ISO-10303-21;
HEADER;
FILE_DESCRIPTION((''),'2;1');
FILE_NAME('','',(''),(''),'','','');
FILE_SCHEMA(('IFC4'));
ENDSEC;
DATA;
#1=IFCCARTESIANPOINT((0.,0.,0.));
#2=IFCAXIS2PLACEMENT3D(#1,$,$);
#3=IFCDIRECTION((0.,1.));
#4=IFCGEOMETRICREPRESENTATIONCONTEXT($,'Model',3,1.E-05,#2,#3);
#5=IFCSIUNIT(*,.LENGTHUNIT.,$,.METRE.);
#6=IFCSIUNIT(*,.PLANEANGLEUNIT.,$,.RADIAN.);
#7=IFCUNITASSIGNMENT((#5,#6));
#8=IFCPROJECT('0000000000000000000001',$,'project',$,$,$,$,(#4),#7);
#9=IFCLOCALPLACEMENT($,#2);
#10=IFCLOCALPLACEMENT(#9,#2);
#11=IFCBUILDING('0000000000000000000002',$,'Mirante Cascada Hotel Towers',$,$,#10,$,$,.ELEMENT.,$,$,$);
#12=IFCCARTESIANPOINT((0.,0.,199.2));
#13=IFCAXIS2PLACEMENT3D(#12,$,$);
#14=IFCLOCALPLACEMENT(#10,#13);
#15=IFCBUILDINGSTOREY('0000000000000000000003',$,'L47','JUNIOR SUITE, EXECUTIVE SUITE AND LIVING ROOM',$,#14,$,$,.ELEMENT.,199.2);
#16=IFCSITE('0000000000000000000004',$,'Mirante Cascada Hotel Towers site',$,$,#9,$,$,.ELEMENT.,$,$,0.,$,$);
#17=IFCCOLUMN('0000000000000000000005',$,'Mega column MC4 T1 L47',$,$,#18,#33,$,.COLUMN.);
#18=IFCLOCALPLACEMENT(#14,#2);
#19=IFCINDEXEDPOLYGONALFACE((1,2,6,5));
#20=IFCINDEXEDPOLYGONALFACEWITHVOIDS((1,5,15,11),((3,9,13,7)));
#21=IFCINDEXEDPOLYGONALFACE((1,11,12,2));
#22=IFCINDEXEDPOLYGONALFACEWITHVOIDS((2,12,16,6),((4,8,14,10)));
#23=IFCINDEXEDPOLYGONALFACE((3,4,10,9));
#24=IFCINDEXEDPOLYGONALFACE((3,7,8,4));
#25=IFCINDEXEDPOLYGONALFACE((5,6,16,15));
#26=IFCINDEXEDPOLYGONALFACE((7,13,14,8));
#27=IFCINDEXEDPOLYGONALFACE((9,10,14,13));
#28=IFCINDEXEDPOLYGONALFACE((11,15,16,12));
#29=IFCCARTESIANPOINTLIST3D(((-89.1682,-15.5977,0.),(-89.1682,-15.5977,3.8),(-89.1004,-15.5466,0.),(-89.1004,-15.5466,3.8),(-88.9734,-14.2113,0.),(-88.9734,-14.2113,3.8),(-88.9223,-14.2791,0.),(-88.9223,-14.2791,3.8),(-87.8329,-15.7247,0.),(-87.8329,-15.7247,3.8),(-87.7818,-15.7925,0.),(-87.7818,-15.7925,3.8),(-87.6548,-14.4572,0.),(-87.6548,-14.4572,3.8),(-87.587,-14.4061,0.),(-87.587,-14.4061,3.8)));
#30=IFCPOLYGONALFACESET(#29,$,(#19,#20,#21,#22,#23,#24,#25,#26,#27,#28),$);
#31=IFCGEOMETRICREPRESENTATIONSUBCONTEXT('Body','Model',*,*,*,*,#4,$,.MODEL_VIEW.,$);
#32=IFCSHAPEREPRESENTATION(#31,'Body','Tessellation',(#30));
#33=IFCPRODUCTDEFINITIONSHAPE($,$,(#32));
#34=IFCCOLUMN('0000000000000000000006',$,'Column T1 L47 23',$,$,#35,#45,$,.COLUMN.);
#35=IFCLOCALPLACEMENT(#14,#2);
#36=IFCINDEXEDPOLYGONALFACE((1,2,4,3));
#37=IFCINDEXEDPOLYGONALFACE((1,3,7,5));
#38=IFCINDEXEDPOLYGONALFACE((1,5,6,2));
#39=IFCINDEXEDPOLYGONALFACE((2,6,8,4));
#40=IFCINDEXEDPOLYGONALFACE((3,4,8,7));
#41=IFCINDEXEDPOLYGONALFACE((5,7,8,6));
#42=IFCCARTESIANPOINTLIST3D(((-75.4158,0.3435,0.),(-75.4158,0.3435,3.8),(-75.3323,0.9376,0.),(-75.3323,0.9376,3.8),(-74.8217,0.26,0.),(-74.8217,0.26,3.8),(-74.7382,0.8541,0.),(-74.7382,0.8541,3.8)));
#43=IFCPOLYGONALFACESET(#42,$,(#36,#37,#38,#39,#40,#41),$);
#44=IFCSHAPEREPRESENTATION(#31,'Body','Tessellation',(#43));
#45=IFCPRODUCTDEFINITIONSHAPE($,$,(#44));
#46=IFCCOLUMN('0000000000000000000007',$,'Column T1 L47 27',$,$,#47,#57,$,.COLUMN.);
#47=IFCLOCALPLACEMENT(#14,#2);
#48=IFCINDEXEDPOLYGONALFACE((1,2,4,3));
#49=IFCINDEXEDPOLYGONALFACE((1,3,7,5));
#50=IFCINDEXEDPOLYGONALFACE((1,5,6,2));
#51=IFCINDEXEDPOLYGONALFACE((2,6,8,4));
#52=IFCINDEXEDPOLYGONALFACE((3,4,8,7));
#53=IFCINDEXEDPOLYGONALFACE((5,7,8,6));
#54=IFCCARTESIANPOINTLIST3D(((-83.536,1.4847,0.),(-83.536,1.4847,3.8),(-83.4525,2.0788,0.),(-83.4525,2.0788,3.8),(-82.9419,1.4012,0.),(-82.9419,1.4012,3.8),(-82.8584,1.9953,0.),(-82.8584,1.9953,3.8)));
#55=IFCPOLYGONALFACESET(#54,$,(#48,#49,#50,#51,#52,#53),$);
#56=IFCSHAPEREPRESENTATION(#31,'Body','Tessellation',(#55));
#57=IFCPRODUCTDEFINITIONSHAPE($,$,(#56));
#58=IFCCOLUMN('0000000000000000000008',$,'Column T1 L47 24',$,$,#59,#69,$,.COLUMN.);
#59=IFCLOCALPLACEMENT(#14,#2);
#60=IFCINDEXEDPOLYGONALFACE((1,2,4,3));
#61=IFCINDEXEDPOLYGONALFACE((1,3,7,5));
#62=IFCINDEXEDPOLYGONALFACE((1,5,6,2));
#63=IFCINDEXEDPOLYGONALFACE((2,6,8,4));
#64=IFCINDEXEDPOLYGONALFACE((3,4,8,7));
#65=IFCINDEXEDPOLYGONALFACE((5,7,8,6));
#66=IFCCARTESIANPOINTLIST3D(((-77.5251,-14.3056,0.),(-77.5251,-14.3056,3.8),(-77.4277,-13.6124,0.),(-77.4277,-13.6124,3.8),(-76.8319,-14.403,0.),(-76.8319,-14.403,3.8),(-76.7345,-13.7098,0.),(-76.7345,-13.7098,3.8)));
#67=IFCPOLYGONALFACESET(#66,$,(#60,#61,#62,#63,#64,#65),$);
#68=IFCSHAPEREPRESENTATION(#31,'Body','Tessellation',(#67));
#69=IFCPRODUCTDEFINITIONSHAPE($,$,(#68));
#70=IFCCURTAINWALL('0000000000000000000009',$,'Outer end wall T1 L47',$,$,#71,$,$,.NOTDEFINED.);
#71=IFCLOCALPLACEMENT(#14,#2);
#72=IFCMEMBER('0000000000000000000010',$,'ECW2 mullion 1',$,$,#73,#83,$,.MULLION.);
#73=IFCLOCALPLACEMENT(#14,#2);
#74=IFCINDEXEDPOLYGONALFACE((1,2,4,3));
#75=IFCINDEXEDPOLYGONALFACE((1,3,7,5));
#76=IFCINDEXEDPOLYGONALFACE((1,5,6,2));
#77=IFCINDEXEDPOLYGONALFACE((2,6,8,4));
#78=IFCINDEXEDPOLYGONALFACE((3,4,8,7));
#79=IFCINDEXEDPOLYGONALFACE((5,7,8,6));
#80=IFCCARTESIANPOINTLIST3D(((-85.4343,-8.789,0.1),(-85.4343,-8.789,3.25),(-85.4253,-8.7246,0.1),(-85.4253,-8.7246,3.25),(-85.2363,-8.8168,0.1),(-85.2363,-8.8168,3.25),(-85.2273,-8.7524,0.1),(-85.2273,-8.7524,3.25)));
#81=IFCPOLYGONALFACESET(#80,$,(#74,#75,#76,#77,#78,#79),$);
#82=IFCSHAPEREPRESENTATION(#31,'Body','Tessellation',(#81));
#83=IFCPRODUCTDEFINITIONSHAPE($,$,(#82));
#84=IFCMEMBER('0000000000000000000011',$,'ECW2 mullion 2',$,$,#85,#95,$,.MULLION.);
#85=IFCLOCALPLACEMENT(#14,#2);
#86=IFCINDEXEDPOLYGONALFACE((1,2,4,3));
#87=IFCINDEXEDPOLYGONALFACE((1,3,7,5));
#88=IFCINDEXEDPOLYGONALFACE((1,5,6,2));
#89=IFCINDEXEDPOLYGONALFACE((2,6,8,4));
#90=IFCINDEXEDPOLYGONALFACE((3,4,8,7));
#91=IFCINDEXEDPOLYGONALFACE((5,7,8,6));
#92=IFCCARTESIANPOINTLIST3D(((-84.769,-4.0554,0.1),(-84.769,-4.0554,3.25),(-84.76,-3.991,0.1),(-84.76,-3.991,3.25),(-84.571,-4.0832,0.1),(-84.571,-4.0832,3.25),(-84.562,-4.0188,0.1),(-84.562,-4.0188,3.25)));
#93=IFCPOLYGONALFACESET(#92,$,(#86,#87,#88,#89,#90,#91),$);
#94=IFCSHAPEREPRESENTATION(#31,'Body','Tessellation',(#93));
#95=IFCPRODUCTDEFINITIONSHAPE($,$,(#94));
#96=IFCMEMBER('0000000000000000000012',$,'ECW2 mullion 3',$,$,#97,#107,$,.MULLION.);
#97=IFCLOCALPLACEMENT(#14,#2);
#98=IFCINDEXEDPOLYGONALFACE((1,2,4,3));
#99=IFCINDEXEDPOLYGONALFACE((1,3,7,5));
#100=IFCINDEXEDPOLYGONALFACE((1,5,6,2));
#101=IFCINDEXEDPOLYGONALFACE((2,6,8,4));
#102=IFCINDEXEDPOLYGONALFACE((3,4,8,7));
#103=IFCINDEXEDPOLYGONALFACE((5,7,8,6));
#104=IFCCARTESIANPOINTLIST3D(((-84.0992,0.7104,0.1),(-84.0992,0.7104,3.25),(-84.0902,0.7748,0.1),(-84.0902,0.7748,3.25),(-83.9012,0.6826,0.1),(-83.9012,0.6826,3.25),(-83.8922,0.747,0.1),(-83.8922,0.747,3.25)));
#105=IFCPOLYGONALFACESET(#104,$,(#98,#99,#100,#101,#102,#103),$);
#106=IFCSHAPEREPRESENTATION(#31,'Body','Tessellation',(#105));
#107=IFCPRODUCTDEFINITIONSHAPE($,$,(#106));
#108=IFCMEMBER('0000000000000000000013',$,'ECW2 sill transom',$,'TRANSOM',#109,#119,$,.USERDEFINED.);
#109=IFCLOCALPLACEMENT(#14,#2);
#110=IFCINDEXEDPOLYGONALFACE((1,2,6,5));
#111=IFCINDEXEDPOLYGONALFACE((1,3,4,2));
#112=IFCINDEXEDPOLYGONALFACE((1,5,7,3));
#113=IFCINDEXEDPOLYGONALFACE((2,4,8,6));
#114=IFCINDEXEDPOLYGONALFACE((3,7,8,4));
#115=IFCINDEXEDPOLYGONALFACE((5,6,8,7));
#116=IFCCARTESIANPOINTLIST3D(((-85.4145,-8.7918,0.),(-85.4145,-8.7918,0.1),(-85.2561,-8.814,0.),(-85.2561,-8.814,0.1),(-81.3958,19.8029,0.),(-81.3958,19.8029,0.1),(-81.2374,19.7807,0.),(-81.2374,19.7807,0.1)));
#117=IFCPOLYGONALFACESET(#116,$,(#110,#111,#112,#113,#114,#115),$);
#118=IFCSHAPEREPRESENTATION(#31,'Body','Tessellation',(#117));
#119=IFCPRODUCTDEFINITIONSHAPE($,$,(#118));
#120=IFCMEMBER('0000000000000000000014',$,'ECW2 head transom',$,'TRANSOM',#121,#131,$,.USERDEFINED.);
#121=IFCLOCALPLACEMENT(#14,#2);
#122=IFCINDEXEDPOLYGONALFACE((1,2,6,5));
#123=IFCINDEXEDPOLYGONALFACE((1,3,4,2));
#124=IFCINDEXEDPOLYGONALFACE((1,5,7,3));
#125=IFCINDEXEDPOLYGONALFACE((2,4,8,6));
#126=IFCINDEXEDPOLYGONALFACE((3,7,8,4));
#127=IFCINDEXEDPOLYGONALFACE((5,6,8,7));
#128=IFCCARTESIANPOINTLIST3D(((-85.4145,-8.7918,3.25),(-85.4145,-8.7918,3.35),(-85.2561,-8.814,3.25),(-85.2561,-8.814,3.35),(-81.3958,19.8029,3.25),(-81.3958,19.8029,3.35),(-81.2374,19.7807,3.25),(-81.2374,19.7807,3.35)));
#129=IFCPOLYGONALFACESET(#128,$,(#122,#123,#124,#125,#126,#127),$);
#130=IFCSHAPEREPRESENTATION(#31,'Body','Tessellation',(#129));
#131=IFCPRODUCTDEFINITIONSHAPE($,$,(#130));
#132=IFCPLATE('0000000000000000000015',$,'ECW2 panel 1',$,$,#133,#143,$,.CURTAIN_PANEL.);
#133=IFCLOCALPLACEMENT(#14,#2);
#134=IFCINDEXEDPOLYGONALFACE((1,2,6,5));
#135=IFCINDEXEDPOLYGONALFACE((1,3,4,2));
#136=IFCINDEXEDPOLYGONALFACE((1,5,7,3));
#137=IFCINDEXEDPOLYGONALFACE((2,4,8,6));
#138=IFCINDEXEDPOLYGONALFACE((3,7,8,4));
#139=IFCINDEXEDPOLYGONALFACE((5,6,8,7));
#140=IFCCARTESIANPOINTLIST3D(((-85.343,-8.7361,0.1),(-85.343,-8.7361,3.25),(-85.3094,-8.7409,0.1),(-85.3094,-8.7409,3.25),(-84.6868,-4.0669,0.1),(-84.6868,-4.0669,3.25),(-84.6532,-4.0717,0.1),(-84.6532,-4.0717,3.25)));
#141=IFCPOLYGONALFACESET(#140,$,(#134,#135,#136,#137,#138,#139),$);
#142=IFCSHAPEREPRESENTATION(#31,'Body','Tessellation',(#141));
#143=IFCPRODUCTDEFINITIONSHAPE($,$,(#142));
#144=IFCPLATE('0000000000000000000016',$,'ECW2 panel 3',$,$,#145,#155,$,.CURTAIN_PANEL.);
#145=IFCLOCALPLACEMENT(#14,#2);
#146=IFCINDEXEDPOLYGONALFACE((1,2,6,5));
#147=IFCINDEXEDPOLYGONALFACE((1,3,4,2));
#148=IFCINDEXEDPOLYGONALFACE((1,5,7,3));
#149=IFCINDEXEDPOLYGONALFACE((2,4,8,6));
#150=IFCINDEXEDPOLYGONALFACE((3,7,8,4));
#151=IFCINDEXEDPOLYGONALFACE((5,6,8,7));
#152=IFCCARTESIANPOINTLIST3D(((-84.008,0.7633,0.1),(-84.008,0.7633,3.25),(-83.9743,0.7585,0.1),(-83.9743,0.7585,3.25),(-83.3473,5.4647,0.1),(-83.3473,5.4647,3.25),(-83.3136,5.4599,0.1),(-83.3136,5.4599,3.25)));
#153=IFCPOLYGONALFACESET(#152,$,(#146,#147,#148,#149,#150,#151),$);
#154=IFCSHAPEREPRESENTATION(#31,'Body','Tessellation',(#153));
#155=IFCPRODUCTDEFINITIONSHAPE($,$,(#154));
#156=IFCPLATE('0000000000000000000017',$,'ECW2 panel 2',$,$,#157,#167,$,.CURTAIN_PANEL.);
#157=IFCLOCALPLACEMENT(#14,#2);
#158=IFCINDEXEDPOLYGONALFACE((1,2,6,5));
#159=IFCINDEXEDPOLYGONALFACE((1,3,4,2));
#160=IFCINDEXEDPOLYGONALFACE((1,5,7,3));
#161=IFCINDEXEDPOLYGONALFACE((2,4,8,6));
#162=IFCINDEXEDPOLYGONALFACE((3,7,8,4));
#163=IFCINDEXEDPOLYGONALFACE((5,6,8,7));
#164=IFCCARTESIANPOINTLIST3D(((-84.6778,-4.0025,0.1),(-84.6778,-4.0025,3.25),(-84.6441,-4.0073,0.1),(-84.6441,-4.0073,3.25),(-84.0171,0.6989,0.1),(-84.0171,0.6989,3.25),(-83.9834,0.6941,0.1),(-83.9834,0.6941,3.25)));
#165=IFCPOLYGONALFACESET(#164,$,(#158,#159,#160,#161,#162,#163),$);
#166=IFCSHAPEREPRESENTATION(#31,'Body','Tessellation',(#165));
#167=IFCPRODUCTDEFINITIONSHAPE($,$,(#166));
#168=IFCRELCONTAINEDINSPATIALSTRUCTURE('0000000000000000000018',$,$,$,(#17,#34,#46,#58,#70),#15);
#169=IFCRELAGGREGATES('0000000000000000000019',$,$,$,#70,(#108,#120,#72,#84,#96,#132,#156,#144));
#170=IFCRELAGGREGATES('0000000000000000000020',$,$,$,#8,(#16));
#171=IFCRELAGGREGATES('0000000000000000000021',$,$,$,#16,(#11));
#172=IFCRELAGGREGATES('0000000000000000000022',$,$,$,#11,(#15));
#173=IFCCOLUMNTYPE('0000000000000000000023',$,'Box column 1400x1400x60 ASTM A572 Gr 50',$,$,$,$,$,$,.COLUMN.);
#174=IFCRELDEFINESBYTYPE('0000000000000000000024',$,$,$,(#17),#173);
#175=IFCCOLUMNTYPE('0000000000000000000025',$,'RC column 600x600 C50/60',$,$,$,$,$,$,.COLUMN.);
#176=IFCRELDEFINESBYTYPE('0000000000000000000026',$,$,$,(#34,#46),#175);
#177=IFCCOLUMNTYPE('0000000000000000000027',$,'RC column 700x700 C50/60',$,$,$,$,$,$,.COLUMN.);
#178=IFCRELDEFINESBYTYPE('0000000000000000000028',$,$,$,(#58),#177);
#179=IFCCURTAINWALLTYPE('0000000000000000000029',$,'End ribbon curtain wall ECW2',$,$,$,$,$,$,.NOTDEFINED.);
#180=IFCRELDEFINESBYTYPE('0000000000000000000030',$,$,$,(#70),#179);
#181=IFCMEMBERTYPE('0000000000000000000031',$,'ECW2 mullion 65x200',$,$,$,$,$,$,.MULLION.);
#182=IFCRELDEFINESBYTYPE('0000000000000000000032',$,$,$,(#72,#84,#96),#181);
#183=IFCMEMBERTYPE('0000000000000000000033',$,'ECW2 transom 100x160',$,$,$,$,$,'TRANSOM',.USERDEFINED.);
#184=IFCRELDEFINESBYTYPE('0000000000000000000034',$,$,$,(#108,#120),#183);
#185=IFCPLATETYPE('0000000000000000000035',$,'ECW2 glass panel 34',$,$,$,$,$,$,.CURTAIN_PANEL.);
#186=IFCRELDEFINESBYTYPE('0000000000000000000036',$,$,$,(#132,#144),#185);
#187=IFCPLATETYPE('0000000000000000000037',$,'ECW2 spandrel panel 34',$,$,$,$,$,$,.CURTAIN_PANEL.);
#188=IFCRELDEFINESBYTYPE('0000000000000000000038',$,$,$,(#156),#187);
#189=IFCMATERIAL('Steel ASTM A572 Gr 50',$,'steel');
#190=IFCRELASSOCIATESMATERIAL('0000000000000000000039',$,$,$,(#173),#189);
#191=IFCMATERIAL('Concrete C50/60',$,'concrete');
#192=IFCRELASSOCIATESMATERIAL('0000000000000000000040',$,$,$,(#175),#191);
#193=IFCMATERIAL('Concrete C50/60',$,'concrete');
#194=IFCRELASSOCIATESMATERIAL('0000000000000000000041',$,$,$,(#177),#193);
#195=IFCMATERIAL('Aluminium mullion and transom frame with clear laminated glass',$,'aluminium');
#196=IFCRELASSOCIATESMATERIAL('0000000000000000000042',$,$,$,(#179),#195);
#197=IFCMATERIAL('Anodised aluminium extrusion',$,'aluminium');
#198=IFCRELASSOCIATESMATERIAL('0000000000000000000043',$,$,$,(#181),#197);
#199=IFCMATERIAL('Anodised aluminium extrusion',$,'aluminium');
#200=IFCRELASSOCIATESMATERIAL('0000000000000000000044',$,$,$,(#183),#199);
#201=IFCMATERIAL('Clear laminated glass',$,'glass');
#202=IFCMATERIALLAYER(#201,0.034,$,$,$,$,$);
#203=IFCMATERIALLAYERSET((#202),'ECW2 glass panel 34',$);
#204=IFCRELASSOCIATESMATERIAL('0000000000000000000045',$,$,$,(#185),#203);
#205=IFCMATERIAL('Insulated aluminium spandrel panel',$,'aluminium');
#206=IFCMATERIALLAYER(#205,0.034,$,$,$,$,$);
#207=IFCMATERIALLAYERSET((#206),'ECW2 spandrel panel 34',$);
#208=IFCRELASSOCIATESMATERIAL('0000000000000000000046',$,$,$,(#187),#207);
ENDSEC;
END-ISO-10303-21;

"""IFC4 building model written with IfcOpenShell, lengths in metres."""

from ifc_helpers import new_model, si_unit, direction, frame, origin, origin_2d, place, context, subcontext, project, spatial, rectangle, hollow_rectangle, extrude, material, layer, layer_set, material_profile, profile_set, type_object, element, aggregate, save


model = new_model("IFC4")

# Units and contexts
model_context = context("Model", 3, precision=1e-05, world=origin(), true_north=direction((0.0, 1.0)))
body_context = subcontext(model_context, "Body", "Model", "MODEL_VIEW")
ifc_project = project(units=[si_unit("LENGTHUNIT", "METRE"), si_unit("PLANEANGLEUNIT", "RADIAN")], contexts=[model_context])

# Site, building, storey
site_placement = place(None, origin())
site = spatial("IfcSite", under=ifc_project, at=site_placement, Name="Mirante Cascada Hotel Towers site", CompositionType="ELEMENT", RefElevation=0.0)
building_placement = place(site_placement, origin())
building = spatial("IfcBuilding", under=site, at=building_placement, Name="Mirante Cascada Hotel Towers", CompositionType="ELEMENT")
storey_placement = place(building_placement, frame((0.0, 0.0, 199.2)))
storey = spatial("IfcBuildingStorey", under=building, at=storey_placement, Name="L47", Description="JUNIOR SUITE, EXECUTIVE SUITE AND LIVING ROOM", CompositionType="ELEMENT", Elevation=199.2)

# Columns
ifc_material_1 = material(Name="Steel ASTM A572 Gr 50", Category="steel")
ifc_material_profile_1 = material_profile(ifc_material_1, hollow_rectangle(XDim=1.4, YDim=1.4, WallThickness=0.06, at=origin_2d()), Name="Box column 1400x1400x60 ASTM A572 Gr 50")
ifc_profile_set_1 = profile_set([ifc_material_profile_1], Name="Steel ASTM A572 Gr 50")
column_type_1 = type_object("IfcColumnType", Name="Box column 1400x1400x60 ASTM A572 Gr 50", PredefinedType="COLUMN", material=ifc_profile_set_1)
column_1_placement = place(storey_placement, frame((-88.3776, -15.0019, 0.0), z_axis=(0.0, 0.0, 1.0), x_axis=(-0.990268, 0.139173, 0.0)))
element("IfcColumn", 1, at=column_1_placement, inside=storey, type_object=column_type_1, Name="Mega column MC4 T1 L47", PredefinedType="COLUMN", context=body_context, shape_type="SweptSolid", body=[
    extrude(hollow_rectangle(XDim=1.4, YDim=1.4, WallThickness=0.06, at=origin_2d()), origin(), (0.0, 0.0, 1.0), 3.8),
])
ifc_material_2 = material(Name="Concrete C50/60", Category="concrete")
ifc_material_profile_2 = material_profile(ifc_material_2, rectangle(XDim=0.6, YDim=0.6, at=origin_2d()), Name="RC column 600x600 C50/60")
ifc_profile_set_2 = profile_set([ifc_material_profile_2], Name="Concrete C50/60")
column_type_2 = type_object("IfcColumnType", Name="RC column 600x600 C50/60", PredefinedType="COLUMN", material=ifc_profile_set_2)
for number, where, z_axis, x_axis, name in (
    (2, (-75.077, 0.5988, 0.0), (0.0, 0.0, 1.0), (-0.990268, 0.139173, 0.0), "Column T1 L47 23"),
    (3, (-83.1972, 1.74, 0.0), (0.0, 0.0, 1.0), (-0.990268, 0.139173, 0.0), "Column T1 L47 27"),
):
    element("IfcColumn", number, at=place(storey_placement, frame(where, z_axis=z_axis, x_axis=x_axis)), inside=storey, type_object=column_type_2, Name=name, PredefinedType="COLUMN", context=body_context, shape_type="SweptSolid", body=[
        extrude(rectangle(XDim=0.6, YDim=0.6, at=origin_2d()), origin(), (0.0, 0.0, 1.0), 3.8),
    ])
ifc_material_3 = material(Name="Concrete C50/60", Category="concrete")
ifc_material_profile_3 = material_profile(ifc_material_3, rectangle(XDim=0.7, YDim=0.7, at=origin_2d()), Name="RC column 700x700 C50/60")
ifc_profile_set_3 = profile_set([ifc_material_profile_3], Name="Concrete C50/60")
column_type_3 = type_object("IfcColumnType", Name="RC column 700x700 C50/60", PredefinedType="COLUMN", material=ifc_profile_set_3)
column_2_placement = place(storey_placement, frame((-77.1298, -14.0077, 0.0), z_axis=(0.0, 0.0, 1.0), x_axis=(-0.990268, 0.139173, 0.0)))
element("IfcColumn", 4, at=column_2_placement, inside=storey, type_object=column_type_3, Name="Column T1 L47 24", PredefinedType="COLUMN", context=body_context, shape_type="SweptSolid", body=[
    extrude(rectangle(XDim=0.7, YDim=0.7, at=origin_2d()), origin(), (0.0, 0.0, 1.0), 3.8),
])

# Curtain wall, members, plates
ifc_material_4 = material(Name="Aluminium mullion and transom frame with clear laminated glass", Category="aluminium")
curtain_wall_type = type_object("IfcCurtainWallType", Name="End ribbon curtain wall ECW2", PredefinedType="NOTDEFINED", material=ifc_material_4)
curtain_wall_placement = place(storey_placement, origin())
curtain_wall = element("IfcCurtainWall", 5, at=curtain_wall_placement, inside=storey, type_object=curtain_wall_type, Name="Outer end wall T1 L47", PredefinedType="NOTDEFINED")
ifc_material_5 = material(Name="Anodised aluminium extrusion", Category="aluminium")
ifc_material_profile_4 = material_profile(ifc_material_5, rectangle(XDim=0.2, YDim=0.065, at=origin_2d()), Name="ECW2 MULLION 65x200")
ifc_profile_set_4 = profile_set([ifc_material_profile_4], Name="Anodised aluminium extrusion")
member_type_1 = type_object("IfcMemberType", Name="ECW2 mullion 65x200", PredefinedType="MULLION", material=ifc_profile_set_4)
member_1_placement = place(storey_placement, frame((-85.3308, -8.7707, 0.1), z_axis=(0.0, 0.0, 1.0), x_axis=(-0.990268, 0.139173, 0.0)))
member_1 = element("IfcMember", 6, at=member_1_placement, type_object=member_type_1, Name="ECW2 mullion 1", PredefinedType="MULLION", context=body_context, shape_type="SweptSolid", body=[
    extrude(rectangle(XDim=0.2, YDim=0.065, at=origin_2d()), origin(), (0.0, 0.0, 1.0), 3.15),
])
member_2_placement = place(storey_placement, frame((-84.6655, -4.0371, 0.1), z_axis=(0.0, 0.0, 1.0), x_axis=(-0.990268, 0.139173, 0.0)))
member_2 = element("IfcMember", 7, at=member_2_placement, type_object=member_type_1, Name="ECW2 mullion 2", PredefinedType="MULLION", context=body_context, shape_type="SweptSolid", body=[
    extrude(rectangle(XDim=0.2, YDim=0.065, at=origin_2d()), origin(), (0.0, 0.0, 1.0), 3.15),
])
member_3_placement = place(storey_placement, frame((-83.9957, 0.7287, 0.1), z_axis=(0.0, 0.0, 1.0), x_axis=(-0.990268, 0.139173, 0.0)))
member_3 = element("IfcMember", 8, at=member_3_placement, type_object=member_type_1, Name="ECW2 mullion 3", PredefinedType="MULLION", context=body_context, shape_type="SweptSolid", body=[
    extrude(rectangle(XDim=0.2, YDim=0.065, at=origin_2d()), origin(), (0.0, 0.0, 1.0), 3.15),
])
ifc_material_6 = material(Name="Anodised aluminium extrusion", Category="aluminium")
ifc_material_profile_5 = material_profile(ifc_material_6, rectangle(XDim=0.16, YDim=0.1, at=origin_2d()), Name="ECW2 TRANSOM 100x160")
ifc_profile_set_5 = profile_set([ifc_material_profile_5], Name="Anodised aluminium extrusion")
member_type_2 = type_object("IfcMemberType", Name="ECW2 transom 100x160", ElementType="TRANSOM", PredefinedType="USERDEFINED", material=ifc_profile_set_5)
member_4_placement = place(storey_placement, frame((-85.3353, -8.8029, 0.05), z_axis=(0.139172, 0.990268, 0.0), x_axis=(-0.990268, 0.139172, 0.0)))
member_4 = element("IfcMember", 9, at=member_4_placement, type_object=member_type_2, Name="ECW2 sill transom", ObjectType="TRANSOM", PredefinedType="USERDEFINED", context=body_context, shape_type="SweptSolid", body=[
    extrude(rectangle(XDim=0.16, YDim=0.1, at=origin_2d()), origin(), (0.0, 0.0, 1.0), 28.8757),
])
member_5_placement = place(storey_placement, frame((-85.3353, -8.8029, 3.3), z_axis=(0.139172, 0.990268, 0.0), x_axis=(-0.990268, 0.139172, 0.0)))
member_5 = element("IfcMember", 10, at=member_5_placement, type_object=member_type_2, Name="ECW2 head transom", ObjectType="TRANSOM", PredefinedType="USERDEFINED", context=body_context, shape_type="SweptSolid", body=[
    extrude(rectangle(XDim=0.16, YDim=0.1, at=origin_2d()), origin(), (0.0, 0.0, 1.0), 28.8757),
])
ifc_material_7 = material(Name="Clear laminated glass", Category="glass")
ifc_layer_1 = layer(ifc_material_7, 0.034)
ifc_layer_set_1 = layer_set([ifc_layer_1], Name="ECW2 glass panel 34")
plate_type_1 = type_object("IfcPlateType", Name="ECW2 glass panel 34", PredefinedType="CURTAIN_PANEL", material=ifc_layer_set_1)
plate_1_placement = place(storey_placement, frame((-84.9981, -6.4039, 0.1), z_axis=(0.0, 0.0, 1.0), x_axis=(0.139173, 0.990268, 0.0)))
plate_1 = element("IfcPlate", 11, at=plate_1_placement, type_object=plate_type_1, Name="ECW2 panel 1", PredefinedType="CURTAIN_PANEL", context=body_context, shape_type="SweptSolid", body=[
    extrude(rectangle(XDim=4.7151, YDim=0.034, at=origin_2d()), origin(), (0.0, 0.0, 1.0), 3.15),
])
plate_2_placement = place(storey_placement, frame((-83.6608, 3.1116, 0.1), z_axis=(0.0, 0.0, 1.0), x_axis=(0.139173, 0.990268, 0.0)))
plate_2 = element("IfcPlate", 12, at=plate_2_placement, type_object=plate_type_1, Name="ECW2 panel 3", PredefinedType="CURTAIN_PANEL", context=body_context, shape_type="SweptSolid", body=[
    extrude(rectangle(XDim=4.7476, YDim=0.034, at=origin_2d()), origin(), (0.0, 0.0, 1.0), 3.15),
])
ifc_material_8 = material(Name="Insulated aluminium spandrel panel", Category="aluminium")
ifc_layer_2 = layer(ifc_material_8, 0.034)
ifc_layer_set_2 = layer_set([ifc_layer_2], Name="ECW2 spandrel panel 34")
plate_type_2 = type_object("IfcPlateType", Name="ECW2 spandrel panel 34", PredefinedType="CURTAIN_PANEL", material=ifc_layer_set_2)
plate_3_placement = place(storey_placement, frame((-84.3306, -1.6542, 0.1), z_axis=(0.0, 0.0, 1.0), x_axis=(0.139173, 0.990268, 0.0)))
plate_3 = element("IfcPlate", 13, at=plate_3_placement, type_object=plate_type_2, Name="ECW2 panel 2", PredefinedType="CURTAIN_PANEL", context=body_context, shape_type="SweptSolid", body=[
    extrude(rectangle(XDim=4.7476, YDim=0.034, at=origin_2d()), origin(), (0.0, 0.0, 1.0), 3.15),
])
aggregate(curtain_wall, [member_4, member_5, member_1, member_2, member_3, plate_1, plate_3, plate_2])

save(model, "model.ifc")
